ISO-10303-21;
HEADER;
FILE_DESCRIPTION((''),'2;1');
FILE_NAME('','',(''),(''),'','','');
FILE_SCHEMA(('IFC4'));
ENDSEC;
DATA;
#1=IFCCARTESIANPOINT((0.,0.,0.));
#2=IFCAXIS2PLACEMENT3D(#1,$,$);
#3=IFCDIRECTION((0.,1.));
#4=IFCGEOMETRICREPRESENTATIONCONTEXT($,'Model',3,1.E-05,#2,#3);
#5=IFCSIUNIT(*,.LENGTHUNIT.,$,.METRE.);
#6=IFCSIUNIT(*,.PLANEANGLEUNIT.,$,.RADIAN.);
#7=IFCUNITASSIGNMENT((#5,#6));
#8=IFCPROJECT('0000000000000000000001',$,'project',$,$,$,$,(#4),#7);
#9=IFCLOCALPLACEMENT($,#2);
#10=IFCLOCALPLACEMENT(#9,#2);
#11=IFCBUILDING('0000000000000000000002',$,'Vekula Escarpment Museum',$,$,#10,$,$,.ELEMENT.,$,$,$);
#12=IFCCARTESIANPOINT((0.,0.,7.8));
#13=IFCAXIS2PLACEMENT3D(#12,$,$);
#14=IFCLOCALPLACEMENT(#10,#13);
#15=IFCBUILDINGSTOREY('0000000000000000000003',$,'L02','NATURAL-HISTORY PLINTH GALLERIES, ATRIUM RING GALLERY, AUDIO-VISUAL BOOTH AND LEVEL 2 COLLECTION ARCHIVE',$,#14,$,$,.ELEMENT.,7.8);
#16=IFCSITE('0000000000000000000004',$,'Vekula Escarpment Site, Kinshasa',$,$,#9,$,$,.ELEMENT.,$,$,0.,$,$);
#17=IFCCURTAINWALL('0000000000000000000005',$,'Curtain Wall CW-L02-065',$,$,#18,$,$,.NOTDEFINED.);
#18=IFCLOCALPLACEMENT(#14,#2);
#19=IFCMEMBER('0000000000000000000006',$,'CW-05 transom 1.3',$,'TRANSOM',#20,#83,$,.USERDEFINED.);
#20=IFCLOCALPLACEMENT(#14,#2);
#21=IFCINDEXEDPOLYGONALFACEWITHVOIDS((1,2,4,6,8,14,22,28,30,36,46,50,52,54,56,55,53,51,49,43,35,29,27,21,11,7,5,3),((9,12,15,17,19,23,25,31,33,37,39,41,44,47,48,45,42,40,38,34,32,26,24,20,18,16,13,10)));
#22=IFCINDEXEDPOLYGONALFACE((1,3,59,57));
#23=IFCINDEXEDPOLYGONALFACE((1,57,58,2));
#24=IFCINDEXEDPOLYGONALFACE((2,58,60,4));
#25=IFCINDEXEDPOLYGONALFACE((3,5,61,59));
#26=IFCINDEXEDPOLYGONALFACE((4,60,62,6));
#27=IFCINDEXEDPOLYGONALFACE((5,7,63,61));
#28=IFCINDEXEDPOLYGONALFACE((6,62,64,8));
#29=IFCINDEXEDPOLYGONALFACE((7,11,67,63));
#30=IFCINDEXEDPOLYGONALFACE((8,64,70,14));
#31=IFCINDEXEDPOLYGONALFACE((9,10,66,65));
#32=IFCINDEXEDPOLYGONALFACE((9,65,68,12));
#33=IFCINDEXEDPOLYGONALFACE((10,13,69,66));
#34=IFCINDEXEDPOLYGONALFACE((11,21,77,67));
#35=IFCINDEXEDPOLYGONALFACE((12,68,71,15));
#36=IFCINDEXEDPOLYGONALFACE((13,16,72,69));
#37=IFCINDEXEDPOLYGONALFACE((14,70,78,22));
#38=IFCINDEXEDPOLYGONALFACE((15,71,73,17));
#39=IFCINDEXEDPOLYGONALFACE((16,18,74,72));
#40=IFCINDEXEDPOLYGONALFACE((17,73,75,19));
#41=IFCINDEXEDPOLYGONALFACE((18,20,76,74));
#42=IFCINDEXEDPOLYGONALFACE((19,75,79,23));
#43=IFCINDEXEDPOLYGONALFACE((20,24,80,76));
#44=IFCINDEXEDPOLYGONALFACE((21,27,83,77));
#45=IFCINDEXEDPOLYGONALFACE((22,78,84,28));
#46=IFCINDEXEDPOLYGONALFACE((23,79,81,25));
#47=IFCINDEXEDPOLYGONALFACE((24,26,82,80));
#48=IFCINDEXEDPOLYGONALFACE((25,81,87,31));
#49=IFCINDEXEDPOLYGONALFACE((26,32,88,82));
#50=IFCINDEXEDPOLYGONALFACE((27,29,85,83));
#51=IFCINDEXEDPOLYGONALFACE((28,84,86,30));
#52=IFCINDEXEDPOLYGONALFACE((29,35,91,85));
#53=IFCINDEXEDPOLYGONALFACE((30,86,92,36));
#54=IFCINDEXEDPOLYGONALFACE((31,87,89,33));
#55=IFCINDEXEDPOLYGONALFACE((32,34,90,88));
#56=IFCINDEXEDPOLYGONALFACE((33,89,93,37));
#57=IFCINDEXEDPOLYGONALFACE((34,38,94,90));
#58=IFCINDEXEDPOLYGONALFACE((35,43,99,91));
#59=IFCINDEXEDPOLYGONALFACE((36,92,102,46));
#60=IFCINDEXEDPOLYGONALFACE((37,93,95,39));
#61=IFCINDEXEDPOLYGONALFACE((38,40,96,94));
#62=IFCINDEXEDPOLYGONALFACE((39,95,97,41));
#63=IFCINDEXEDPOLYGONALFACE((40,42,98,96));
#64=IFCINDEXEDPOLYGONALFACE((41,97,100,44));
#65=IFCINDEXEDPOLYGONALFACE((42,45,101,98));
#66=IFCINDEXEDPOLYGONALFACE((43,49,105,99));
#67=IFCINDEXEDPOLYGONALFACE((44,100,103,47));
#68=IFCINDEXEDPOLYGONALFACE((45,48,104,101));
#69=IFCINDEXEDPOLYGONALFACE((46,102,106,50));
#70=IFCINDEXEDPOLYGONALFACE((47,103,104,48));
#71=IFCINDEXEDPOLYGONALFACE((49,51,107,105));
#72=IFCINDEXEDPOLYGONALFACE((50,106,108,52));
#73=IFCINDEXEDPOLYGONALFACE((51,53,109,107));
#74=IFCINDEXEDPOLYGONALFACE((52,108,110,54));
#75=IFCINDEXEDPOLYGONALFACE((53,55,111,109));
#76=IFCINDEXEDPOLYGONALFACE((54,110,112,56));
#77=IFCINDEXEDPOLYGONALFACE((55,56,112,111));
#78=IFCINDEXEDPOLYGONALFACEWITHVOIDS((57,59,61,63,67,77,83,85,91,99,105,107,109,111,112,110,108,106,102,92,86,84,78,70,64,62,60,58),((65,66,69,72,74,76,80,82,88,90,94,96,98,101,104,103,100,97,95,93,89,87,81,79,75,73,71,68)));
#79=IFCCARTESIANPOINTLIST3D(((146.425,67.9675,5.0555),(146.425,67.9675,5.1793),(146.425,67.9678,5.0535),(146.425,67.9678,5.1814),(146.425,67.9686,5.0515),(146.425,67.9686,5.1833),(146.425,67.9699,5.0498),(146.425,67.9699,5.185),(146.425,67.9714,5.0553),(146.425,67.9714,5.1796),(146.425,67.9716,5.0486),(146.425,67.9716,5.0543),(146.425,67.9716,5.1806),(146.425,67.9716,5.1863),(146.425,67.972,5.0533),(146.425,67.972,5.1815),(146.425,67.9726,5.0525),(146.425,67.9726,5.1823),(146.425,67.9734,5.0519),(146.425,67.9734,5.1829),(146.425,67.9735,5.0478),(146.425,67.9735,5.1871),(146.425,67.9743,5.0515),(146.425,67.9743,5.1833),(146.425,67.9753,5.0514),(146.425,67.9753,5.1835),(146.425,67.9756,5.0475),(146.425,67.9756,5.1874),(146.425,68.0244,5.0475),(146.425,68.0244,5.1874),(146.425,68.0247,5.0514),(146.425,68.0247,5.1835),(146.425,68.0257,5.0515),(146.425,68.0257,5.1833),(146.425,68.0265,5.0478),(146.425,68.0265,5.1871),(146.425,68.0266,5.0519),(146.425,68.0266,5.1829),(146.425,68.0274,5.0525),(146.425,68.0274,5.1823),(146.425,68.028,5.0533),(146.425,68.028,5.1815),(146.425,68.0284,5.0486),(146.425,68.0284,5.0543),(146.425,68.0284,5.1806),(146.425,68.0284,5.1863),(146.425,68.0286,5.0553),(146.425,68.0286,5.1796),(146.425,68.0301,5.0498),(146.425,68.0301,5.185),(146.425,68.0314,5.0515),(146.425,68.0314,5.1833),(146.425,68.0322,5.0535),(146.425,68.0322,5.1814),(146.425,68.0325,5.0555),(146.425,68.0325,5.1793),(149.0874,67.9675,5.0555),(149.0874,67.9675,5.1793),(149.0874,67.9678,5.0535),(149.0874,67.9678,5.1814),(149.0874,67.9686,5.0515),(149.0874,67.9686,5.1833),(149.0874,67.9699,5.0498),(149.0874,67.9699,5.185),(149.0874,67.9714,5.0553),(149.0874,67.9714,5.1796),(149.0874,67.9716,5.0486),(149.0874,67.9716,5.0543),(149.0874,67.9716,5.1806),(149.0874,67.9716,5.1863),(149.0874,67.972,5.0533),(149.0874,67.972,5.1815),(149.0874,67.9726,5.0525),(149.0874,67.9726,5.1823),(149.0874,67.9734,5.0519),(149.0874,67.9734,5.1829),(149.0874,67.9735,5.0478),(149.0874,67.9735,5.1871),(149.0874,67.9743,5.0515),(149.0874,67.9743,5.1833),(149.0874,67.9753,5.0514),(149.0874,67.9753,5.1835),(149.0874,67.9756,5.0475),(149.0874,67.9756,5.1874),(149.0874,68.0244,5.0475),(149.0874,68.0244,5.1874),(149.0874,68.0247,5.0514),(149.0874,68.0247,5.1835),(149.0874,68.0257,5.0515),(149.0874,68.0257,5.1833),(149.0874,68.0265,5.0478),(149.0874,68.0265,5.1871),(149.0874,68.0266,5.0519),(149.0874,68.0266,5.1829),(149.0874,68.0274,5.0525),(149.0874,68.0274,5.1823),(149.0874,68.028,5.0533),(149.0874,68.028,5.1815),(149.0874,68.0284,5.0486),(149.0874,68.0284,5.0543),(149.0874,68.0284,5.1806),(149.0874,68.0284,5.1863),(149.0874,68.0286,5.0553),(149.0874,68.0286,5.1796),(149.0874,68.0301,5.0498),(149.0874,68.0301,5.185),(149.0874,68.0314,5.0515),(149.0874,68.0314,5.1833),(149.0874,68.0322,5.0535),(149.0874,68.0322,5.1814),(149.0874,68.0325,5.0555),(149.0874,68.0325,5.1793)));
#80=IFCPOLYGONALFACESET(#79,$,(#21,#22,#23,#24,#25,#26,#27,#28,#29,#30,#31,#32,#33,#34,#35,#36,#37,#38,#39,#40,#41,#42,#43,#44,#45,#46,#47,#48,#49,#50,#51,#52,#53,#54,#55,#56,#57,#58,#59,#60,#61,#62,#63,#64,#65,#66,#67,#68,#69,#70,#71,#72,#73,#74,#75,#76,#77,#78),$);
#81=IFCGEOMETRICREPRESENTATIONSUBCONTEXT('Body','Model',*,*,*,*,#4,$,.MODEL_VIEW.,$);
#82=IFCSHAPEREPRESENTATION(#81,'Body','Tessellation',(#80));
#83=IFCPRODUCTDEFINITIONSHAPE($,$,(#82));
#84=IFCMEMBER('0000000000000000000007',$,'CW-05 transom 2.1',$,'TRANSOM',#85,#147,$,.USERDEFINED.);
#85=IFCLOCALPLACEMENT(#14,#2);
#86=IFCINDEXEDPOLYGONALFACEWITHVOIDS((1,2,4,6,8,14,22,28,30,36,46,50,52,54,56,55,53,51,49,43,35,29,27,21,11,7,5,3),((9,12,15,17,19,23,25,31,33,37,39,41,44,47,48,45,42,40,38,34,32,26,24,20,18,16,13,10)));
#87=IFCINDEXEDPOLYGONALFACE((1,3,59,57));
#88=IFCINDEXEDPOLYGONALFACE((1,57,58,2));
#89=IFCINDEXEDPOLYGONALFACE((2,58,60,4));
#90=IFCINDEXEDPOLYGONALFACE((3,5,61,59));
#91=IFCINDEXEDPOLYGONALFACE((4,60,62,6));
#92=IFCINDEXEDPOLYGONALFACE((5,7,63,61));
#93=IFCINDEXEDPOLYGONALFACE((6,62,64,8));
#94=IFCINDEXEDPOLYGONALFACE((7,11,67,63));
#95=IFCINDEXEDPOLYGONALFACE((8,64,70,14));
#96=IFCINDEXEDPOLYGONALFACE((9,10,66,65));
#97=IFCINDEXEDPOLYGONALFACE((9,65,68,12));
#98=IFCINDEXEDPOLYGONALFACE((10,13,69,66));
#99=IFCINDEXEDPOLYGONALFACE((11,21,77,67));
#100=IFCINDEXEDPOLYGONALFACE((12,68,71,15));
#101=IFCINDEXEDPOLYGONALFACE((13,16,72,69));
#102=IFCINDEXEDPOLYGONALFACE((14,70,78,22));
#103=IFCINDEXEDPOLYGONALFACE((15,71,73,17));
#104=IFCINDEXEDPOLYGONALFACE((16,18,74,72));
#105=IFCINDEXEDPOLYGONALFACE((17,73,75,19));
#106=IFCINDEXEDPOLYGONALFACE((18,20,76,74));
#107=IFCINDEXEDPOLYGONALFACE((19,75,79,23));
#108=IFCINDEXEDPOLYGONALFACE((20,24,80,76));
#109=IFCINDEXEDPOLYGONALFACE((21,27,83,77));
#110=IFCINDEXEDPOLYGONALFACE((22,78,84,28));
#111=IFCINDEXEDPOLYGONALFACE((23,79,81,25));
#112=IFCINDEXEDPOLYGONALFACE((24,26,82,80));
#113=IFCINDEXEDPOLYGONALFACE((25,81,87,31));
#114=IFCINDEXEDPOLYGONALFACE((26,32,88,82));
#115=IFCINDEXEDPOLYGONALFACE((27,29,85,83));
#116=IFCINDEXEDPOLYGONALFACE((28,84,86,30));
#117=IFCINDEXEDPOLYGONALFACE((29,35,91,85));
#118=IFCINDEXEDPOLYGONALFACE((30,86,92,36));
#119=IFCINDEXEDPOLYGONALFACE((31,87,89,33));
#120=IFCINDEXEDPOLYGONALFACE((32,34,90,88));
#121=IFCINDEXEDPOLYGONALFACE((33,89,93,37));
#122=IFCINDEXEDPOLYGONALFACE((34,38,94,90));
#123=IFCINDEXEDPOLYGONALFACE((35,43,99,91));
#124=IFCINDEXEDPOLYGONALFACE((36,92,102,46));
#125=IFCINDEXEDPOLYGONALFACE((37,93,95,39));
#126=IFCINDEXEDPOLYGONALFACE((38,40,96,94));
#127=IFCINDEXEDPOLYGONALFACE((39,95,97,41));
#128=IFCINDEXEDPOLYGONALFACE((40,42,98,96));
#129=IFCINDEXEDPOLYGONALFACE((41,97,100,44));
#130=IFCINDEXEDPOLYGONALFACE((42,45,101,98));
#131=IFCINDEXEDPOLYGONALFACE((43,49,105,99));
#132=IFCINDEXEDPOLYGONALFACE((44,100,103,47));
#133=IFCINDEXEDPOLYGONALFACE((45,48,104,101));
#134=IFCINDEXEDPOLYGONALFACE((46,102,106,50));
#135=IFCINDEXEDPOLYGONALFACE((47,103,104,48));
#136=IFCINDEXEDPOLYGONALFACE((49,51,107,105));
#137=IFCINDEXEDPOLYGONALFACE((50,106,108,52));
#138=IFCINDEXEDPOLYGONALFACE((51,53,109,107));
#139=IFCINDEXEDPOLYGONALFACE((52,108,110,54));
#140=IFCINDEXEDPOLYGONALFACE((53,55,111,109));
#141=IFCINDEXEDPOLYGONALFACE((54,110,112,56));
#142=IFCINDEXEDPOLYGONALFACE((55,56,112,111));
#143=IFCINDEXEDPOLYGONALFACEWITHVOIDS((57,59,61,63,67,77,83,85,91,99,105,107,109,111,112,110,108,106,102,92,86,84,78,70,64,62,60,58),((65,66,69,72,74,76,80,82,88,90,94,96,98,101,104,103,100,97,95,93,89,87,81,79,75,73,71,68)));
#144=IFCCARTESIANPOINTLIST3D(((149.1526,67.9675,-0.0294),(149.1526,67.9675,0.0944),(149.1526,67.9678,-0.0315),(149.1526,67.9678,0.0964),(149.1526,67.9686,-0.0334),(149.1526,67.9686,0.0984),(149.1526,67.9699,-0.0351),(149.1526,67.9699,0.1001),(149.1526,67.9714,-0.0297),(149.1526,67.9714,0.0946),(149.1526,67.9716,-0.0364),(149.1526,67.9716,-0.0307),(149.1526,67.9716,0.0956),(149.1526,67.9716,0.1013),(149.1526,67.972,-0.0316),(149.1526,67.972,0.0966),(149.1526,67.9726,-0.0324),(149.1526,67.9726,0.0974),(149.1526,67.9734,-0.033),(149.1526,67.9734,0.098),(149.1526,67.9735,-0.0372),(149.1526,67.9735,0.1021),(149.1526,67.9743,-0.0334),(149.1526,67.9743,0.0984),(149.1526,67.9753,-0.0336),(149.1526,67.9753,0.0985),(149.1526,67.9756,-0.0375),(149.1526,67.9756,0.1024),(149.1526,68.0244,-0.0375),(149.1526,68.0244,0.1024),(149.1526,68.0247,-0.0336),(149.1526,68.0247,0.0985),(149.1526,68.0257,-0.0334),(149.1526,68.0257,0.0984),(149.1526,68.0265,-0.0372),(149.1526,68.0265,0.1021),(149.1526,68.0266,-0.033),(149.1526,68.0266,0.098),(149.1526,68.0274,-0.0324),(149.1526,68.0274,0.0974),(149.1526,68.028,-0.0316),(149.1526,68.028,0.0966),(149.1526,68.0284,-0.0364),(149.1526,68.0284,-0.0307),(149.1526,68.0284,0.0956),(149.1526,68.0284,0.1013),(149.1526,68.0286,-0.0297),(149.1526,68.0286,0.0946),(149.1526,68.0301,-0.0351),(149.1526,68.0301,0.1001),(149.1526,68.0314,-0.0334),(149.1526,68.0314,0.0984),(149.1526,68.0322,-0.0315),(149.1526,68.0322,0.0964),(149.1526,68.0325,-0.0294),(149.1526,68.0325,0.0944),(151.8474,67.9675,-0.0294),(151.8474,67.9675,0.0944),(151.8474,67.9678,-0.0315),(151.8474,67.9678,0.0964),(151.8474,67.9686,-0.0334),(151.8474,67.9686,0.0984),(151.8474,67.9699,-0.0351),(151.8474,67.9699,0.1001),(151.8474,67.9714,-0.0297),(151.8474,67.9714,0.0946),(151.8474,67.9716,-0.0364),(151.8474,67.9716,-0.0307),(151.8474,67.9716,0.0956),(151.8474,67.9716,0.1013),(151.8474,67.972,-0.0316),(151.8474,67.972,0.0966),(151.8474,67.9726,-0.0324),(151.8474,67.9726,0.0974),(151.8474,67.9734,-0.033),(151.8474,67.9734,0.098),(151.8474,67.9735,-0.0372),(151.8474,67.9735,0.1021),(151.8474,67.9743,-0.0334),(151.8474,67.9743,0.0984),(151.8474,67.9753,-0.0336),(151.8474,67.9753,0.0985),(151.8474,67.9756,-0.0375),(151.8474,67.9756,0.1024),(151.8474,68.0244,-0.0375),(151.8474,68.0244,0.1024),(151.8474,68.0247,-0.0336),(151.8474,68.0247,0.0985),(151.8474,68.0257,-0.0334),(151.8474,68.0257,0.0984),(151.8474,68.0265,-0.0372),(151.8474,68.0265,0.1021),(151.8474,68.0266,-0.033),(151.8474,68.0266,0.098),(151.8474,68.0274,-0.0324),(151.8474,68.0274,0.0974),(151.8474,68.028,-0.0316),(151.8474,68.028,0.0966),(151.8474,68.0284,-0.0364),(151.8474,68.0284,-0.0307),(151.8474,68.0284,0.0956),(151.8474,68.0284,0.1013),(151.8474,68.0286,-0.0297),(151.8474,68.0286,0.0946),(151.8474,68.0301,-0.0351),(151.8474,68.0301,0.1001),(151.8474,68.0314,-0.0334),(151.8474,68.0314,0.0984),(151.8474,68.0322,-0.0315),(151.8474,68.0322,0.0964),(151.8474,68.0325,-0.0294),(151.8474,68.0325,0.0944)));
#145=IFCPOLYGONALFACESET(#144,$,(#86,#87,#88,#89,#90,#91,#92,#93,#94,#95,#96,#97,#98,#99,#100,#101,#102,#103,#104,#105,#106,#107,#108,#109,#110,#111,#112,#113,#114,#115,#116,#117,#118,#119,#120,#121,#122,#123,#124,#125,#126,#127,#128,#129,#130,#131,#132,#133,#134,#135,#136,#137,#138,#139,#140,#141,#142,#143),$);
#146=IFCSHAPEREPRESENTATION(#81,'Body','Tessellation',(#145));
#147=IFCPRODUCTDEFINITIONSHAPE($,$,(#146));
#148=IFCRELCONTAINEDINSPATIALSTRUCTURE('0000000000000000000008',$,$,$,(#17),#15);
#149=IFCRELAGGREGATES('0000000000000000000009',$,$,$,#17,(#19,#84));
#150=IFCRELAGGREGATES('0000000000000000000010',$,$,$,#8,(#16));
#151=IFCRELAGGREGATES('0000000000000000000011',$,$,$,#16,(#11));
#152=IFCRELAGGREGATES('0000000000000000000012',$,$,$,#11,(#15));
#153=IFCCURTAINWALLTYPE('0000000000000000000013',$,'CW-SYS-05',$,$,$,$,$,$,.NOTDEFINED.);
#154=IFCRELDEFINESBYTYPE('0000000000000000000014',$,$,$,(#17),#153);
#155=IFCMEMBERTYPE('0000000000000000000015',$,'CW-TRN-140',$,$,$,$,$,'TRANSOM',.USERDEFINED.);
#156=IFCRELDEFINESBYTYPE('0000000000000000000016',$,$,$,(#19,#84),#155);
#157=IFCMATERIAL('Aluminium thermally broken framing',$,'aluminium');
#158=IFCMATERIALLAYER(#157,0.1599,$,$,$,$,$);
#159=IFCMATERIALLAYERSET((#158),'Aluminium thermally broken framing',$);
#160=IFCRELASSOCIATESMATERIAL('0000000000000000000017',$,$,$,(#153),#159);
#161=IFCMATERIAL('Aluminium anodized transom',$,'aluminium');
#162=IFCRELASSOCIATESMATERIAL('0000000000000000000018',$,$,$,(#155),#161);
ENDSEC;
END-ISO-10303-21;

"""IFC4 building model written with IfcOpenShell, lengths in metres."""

from ifc_helpers import new_model, si_unit, direction, frame, origin, origin_2d, place, context, subcontext, project, spatial, hollow_rectangle, extrude, material, layer, layer_set, material_profile, profile_set, type_object, element, aggregate, save


model = new_model("IFC4")

# Units and contexts
model_context = context("Model", 3, precision=1e-05, world=origin(), true_north=direction((0.0, 1.0)))
body_context = subcontext(model_context, "Body", "Model", "MODEL_VIEW")
ifc_project = project(units=[si_unit("LENGTHUNIT", "METRE"), si_unit("PLANEANGLEUNIT", "RADIAN")], contexts=[model_context])

# Site, building, storey
site_placement = place(None, origin())
site = spatial("IfcSite", under=ifc_project, at=site_placement, Name="Vekula Escarpment Site, Kinshasa", CompositionType="ELEMENT", RefElevation=0.0)
building_placement = place(site_placement, origin())
building = spatial("IfcBuilding", under=site, at=building_placement, Name="Vekula Escarpment Museum", CompositionType="ELEMENT")
storey_placement = place(building_placement, frame((0.0, 0.0, 7.8)))
storey = spatial("IfcBuildingStorey", under=building, at=storey_placement, Name="L02", Description="NATURAL-HISTORY PLINTH GALLERIES, ATRIUM RING GALLERY, AUDIO-VISUAL BOOTH AND LEVEL 2 COLLECTION ARCHIVE", CompositionType="ELEMENT", Elevation=7.8)

# Curtain wall
ifc_material_1 = material(Name="Aluminium thermally broken framing", Category="aluminium")
ifc_layer_1 = layer(ifc_material_1, 0.1599)
ifc_layer_set_1 = layer_set([ifc_layer_1], Name="Aluminium thermally broken framing")
curtain_wall_type_1 = type_object("IfcCurtainWallType", Name="CW-SYS-05", PredefinedType="NOTDEFINED", material=ifc_layer_set_1)
curtain_wall_1_placement = place(storey_placement, origin())
curtain_wall_1 = element("IfcCurtainWall", 1, at=curtain_wall_1_placement, inside=storey, type_object=curtain_wall_type_1, Name="Curtain Wall CW-L02-065", PredefinedType="NOTDEFINED")

# Members
ifc_material_2 = material(Name="Aluminium anodized transom", Category="aluminium")
ifc_material_profile_1 = material_profile(ifc_material_2, hollow_rectangle(XDim=0.0649, YDim=0.1399, WallThickness=0.0039, InnerFilletRadius=0.0039, OuterFilletRadius=0.0081, at=origin_2d()), Name="ALU 140x65x4")
ifc_profile_set_1 = profile_set([ifc_material_profile_1], Name="Aluminium anodized transom")
member_type_1 = type_object("IfcMemberType", Name="CW-TRN-140", ElementType="TRANSOM", PredefinedType="USERDEFINED", material=ifc_profile_set_1)
member_1_placement = place(storey_placement, frame((146.425, 68.0, 5.1174), z_axis=(1.0, 0.0, 0.0), x_axis=(0.0, 1.0, 0.0)))
member_1 = element("IfcMember", 2, at=member_1_placement, type_object=member_type_1, Name="CW-05 transom 1.3", ObjectType="TRANSOM", PredefinedType="USERDEFINED", context=body_context, shape_type="SweptSolid", body=[
    extrude(hollow_rectangle(XDim=0.0649, YDim=0.1399, WallThickness=0.0039, InnerFilletRadius=0.0039, OuterFilletRadius=0.0081, at=origin_2d()), origin(), (0.0, 0.0, 1.0), 2.6624),
])
member_2_placement = place(storey_placement, frame((149.1526, 68.0, 0.0325), z_axis=(1.0, 0.0, 0.0), x_axis=(0.0, 1.0, 0.0)))
member_2 = element("IfcMember", 3, at=member_2_placement, type_object=member_type_1, Name="CW-05 transom 2.1", ObjectType="TRANSOM", PredefinedType="USERDEFINED", context=body_context, shape_type="SweptSolid", body=[
    extrude(hollow_rectangle(XDim=0.0649, YDim=0.1399, WallThickness=0.0039, InnerFilletRadius=0.0039, OuterFilletRadius=0.0081, at=origin_2d()), origin(), (0.0, 0.0, 1.0), 2.6948),
])

aggregate(curtain_wall_1, [member_1, member_2])

save(model, "model.ifc")
